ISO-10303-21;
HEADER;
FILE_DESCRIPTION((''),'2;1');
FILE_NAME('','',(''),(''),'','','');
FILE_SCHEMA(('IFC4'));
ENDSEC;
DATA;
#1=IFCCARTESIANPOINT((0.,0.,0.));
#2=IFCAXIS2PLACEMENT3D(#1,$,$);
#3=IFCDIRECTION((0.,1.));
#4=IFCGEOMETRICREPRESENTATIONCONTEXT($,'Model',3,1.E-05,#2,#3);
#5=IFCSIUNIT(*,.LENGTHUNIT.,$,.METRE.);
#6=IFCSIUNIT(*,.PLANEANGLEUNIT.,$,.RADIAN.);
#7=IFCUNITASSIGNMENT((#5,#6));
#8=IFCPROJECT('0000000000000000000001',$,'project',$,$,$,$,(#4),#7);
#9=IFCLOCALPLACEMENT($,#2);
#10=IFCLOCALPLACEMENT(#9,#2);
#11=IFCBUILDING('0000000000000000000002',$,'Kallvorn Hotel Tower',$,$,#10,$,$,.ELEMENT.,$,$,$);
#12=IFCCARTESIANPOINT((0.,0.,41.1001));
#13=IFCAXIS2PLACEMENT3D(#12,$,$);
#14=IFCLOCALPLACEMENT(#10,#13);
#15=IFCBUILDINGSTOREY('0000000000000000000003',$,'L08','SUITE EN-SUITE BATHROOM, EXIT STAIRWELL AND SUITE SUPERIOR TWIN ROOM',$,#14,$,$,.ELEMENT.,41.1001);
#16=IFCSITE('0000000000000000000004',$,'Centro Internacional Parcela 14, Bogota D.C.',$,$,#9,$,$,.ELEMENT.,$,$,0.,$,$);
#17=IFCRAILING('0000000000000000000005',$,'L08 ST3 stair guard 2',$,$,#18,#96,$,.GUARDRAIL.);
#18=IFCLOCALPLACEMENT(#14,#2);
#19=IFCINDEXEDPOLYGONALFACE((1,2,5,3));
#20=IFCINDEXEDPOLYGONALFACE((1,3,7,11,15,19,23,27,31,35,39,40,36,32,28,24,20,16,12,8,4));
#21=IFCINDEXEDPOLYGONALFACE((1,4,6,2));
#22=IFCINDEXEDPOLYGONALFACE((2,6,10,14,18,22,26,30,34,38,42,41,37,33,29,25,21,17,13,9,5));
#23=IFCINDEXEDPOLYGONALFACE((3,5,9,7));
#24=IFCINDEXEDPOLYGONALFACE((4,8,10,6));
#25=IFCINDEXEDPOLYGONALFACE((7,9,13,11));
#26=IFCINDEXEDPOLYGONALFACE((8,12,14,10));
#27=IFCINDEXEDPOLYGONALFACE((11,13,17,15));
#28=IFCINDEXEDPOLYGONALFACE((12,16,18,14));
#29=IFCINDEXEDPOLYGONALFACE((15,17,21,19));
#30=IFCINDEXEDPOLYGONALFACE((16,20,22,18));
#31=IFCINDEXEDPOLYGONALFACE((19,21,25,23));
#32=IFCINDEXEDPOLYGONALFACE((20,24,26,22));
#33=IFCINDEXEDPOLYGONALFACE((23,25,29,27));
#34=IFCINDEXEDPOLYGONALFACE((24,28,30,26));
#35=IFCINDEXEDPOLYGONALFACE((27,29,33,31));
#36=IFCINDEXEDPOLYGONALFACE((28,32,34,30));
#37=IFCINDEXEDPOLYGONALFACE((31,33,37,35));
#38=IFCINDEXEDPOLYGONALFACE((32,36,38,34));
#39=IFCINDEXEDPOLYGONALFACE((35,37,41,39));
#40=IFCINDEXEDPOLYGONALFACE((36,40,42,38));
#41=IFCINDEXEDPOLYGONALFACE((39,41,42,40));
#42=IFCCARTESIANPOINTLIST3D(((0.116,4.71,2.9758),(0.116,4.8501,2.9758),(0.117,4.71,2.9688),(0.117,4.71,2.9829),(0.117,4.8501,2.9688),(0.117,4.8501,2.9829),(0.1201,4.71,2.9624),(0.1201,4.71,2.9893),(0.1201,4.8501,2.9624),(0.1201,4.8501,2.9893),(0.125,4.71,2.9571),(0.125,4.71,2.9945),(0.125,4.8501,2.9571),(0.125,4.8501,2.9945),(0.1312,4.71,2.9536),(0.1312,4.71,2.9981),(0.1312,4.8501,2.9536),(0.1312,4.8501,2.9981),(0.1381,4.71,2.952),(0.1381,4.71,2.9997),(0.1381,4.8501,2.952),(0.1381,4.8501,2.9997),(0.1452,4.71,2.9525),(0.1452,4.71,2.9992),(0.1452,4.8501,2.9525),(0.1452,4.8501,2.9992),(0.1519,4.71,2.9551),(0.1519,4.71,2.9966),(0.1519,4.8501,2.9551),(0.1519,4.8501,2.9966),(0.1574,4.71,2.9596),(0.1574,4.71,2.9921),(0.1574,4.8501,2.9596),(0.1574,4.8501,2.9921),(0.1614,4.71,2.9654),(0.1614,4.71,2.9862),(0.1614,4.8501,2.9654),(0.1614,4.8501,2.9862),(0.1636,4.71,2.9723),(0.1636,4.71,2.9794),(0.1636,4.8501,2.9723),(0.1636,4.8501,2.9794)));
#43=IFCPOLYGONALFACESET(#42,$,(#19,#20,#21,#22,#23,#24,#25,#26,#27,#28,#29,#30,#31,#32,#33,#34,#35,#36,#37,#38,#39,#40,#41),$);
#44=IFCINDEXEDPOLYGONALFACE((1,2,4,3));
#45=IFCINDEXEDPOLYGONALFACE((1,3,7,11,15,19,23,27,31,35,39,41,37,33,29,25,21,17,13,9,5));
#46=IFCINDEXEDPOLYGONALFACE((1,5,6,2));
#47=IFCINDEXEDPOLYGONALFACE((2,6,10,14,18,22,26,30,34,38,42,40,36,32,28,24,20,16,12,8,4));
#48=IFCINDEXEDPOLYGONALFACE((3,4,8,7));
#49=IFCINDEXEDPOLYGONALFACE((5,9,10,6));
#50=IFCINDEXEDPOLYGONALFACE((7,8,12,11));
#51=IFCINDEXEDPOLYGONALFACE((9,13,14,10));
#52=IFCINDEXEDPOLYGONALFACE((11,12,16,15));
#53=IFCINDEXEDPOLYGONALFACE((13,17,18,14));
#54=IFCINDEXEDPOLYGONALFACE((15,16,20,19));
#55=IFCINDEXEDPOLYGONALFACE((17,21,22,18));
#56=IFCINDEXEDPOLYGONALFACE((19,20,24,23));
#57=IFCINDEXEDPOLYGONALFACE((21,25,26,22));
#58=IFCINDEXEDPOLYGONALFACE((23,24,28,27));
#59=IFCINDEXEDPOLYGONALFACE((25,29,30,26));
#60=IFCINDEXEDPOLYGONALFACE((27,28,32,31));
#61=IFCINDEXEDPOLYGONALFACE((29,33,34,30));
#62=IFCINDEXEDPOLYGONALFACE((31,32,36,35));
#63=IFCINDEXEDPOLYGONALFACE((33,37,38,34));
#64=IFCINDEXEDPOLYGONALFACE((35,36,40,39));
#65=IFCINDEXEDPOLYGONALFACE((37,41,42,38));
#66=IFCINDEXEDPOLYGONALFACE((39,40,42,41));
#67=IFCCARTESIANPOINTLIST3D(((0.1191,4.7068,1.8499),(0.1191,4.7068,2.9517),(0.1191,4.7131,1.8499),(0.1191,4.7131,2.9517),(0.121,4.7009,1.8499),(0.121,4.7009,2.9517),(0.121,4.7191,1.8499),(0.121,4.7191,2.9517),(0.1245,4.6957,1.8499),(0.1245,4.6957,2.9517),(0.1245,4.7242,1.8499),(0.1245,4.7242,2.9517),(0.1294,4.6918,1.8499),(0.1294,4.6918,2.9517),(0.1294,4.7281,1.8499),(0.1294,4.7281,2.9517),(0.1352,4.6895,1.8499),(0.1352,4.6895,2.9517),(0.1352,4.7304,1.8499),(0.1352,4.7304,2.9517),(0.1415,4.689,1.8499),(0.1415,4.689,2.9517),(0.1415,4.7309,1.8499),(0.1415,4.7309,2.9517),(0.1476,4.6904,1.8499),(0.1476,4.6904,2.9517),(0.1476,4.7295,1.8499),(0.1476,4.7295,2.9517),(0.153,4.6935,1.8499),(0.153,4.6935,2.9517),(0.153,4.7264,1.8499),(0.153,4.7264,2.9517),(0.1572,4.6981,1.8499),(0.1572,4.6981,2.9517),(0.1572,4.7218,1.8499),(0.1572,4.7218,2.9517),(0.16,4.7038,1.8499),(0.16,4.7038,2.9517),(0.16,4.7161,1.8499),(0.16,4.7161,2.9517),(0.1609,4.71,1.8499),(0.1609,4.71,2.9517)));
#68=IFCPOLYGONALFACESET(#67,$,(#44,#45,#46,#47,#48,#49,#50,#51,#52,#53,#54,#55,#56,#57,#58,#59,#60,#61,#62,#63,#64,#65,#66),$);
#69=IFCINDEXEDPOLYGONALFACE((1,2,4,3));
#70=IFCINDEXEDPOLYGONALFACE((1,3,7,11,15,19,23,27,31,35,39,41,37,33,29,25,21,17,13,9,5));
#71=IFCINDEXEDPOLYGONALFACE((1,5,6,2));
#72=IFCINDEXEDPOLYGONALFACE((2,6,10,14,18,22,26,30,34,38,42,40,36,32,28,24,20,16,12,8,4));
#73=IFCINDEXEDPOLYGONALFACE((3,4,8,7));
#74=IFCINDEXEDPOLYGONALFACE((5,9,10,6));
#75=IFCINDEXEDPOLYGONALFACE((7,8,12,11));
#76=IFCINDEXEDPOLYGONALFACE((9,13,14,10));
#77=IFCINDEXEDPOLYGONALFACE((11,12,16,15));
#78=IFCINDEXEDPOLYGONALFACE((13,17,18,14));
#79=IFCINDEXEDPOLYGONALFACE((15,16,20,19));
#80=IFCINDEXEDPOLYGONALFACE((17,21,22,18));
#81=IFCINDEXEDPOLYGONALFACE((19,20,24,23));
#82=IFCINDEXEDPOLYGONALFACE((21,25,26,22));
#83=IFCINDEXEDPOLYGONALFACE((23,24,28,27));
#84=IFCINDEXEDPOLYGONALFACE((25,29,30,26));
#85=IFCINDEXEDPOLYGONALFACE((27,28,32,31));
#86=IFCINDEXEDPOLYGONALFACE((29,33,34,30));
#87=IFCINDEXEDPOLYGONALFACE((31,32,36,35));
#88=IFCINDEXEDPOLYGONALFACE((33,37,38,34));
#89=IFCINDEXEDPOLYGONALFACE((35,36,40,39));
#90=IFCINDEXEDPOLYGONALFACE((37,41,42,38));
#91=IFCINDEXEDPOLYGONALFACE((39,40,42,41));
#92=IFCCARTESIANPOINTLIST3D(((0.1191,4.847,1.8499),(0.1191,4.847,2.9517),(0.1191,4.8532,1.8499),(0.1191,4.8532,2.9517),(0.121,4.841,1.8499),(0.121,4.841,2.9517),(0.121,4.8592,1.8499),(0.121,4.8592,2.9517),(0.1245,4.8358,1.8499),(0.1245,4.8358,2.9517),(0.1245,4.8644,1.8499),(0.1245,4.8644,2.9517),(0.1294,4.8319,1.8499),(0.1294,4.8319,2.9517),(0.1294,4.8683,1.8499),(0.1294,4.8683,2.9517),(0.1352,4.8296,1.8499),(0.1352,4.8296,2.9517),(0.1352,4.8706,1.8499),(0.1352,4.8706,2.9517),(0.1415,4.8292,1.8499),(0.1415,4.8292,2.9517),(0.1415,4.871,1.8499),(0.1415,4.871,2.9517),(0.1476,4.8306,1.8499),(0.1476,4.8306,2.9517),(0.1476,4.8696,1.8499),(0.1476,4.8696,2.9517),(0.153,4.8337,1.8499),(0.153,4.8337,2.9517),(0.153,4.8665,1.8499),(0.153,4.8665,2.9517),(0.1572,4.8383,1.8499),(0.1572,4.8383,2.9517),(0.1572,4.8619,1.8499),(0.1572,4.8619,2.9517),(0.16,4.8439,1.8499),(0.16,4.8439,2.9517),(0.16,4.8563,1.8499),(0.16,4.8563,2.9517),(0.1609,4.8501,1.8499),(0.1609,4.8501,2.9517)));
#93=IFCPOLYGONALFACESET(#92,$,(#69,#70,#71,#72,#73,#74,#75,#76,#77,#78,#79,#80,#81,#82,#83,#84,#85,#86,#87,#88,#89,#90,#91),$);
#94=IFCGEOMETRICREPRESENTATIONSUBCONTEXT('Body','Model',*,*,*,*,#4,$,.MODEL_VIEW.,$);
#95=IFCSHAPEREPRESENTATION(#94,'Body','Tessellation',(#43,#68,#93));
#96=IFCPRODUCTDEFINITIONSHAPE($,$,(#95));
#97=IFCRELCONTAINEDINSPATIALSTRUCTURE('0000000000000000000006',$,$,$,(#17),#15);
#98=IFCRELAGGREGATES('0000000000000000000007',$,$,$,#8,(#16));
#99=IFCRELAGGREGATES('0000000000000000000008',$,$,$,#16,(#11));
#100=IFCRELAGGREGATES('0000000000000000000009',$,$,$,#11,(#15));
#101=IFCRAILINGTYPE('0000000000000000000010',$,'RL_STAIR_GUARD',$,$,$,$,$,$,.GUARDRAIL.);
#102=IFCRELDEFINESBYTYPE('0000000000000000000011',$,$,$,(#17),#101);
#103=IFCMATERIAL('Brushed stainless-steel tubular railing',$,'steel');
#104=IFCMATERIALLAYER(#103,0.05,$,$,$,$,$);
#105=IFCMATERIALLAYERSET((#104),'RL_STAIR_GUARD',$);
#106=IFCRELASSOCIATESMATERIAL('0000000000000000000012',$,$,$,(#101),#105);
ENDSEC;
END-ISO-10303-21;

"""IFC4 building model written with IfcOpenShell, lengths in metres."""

from ifc_helpers import new_model, si_unit, direction, frame, origin, origin_2d, place, context, subcontext, project, spatial, circle, extrude, material, layer, layer_set, type_object, element, save


model = new_model("IFC4")

# Units and contexts
model_context = context("Model", 3, precision=1e-05, world=origin(), true_north=direction((0.0, 1.0)))
body_context = subcontext(model_context, "Body", "Model", "MODEL_VIEW")
ifc_project = project(units=[si_unit("LENGTHUNIT", "METRE"), si_unit("PLANEANGLEUNIT", "RADIAN")], contexts=[model_context])

# Site, building, storey
site_placement = place(None, origin())
site = spatial("IfcSite", under=ifc_project, at=site_placement, Name="Centro Internacional Parcela 14, Bogota D.C.", CompositionType="ELEMENT", RefElevation=0.0)
building_placement = place(site_placement, origin())
building = spatial("IfcBuilding", under=site, at=building_placement, Name="Kallvorn Hotel Tower", CompositionType="ELEMENT")
storey_placement = place(building_placement, frame((0.0, 0.0, 41.1001)))
storey = spatial("IfcBuildingStorey", under=building, at=storey_placement, Name="L08", Description="SUITE EN-SUITE BATHROOM, EXIT STAIRWELL AND SUITE SUPERIOR TWIN ROOM", CompositionType="ELEMENT", Elevation=41.1001)

# Railing
ifc_material_1 = material(Name="Brushed stainless-steel tubular railing", Category="steel")
ifc_layer_1 = layer(ifc_material_1, 0.05)
ifc_layer_set_1 = layer_set([ifc_layer_1], Name="RL_STAIR_GUARD")
railing_type_1 = type_object("IfcRailingType", Name="RL_STAIR_GUARD", PredefinedType="GUARDRAIL", material=ifc_layer_set_1)
railing_1_placement = place(storey_placement, frame((0.1399, 4.71, 1.8499)))
element("IfcRailing", 1, at=railing_1_placement, inside=storey, type_object=railing_type_1, Name="L08 ST3 stair guard 2", PredefinedType="GUARDRAIL", context=body_context, shape_type="SweptSolid", body=[
    extrude(circle(Radius=0.0239, at=origin_2d()), frame((0.0, 0.0, 1.126), z_axis=(0.0, 1.0, 0.0), x_axis=(-1.0, 0.0, 0.0)), (0.0, 0.0, 1.0), 0.1401),
    extrude(circle(Radius=0.021, at=origin_2d()), origin(), (0.0, 0.0, 1.0), 1.1018),
    extrude(circle(Radius=0.021, at=origin_2d()), frame((0.0, 0.1401, 0.0)), (0.0, 0.0, 1.0), 1.1018),
])

save(model, "model.ifc")
